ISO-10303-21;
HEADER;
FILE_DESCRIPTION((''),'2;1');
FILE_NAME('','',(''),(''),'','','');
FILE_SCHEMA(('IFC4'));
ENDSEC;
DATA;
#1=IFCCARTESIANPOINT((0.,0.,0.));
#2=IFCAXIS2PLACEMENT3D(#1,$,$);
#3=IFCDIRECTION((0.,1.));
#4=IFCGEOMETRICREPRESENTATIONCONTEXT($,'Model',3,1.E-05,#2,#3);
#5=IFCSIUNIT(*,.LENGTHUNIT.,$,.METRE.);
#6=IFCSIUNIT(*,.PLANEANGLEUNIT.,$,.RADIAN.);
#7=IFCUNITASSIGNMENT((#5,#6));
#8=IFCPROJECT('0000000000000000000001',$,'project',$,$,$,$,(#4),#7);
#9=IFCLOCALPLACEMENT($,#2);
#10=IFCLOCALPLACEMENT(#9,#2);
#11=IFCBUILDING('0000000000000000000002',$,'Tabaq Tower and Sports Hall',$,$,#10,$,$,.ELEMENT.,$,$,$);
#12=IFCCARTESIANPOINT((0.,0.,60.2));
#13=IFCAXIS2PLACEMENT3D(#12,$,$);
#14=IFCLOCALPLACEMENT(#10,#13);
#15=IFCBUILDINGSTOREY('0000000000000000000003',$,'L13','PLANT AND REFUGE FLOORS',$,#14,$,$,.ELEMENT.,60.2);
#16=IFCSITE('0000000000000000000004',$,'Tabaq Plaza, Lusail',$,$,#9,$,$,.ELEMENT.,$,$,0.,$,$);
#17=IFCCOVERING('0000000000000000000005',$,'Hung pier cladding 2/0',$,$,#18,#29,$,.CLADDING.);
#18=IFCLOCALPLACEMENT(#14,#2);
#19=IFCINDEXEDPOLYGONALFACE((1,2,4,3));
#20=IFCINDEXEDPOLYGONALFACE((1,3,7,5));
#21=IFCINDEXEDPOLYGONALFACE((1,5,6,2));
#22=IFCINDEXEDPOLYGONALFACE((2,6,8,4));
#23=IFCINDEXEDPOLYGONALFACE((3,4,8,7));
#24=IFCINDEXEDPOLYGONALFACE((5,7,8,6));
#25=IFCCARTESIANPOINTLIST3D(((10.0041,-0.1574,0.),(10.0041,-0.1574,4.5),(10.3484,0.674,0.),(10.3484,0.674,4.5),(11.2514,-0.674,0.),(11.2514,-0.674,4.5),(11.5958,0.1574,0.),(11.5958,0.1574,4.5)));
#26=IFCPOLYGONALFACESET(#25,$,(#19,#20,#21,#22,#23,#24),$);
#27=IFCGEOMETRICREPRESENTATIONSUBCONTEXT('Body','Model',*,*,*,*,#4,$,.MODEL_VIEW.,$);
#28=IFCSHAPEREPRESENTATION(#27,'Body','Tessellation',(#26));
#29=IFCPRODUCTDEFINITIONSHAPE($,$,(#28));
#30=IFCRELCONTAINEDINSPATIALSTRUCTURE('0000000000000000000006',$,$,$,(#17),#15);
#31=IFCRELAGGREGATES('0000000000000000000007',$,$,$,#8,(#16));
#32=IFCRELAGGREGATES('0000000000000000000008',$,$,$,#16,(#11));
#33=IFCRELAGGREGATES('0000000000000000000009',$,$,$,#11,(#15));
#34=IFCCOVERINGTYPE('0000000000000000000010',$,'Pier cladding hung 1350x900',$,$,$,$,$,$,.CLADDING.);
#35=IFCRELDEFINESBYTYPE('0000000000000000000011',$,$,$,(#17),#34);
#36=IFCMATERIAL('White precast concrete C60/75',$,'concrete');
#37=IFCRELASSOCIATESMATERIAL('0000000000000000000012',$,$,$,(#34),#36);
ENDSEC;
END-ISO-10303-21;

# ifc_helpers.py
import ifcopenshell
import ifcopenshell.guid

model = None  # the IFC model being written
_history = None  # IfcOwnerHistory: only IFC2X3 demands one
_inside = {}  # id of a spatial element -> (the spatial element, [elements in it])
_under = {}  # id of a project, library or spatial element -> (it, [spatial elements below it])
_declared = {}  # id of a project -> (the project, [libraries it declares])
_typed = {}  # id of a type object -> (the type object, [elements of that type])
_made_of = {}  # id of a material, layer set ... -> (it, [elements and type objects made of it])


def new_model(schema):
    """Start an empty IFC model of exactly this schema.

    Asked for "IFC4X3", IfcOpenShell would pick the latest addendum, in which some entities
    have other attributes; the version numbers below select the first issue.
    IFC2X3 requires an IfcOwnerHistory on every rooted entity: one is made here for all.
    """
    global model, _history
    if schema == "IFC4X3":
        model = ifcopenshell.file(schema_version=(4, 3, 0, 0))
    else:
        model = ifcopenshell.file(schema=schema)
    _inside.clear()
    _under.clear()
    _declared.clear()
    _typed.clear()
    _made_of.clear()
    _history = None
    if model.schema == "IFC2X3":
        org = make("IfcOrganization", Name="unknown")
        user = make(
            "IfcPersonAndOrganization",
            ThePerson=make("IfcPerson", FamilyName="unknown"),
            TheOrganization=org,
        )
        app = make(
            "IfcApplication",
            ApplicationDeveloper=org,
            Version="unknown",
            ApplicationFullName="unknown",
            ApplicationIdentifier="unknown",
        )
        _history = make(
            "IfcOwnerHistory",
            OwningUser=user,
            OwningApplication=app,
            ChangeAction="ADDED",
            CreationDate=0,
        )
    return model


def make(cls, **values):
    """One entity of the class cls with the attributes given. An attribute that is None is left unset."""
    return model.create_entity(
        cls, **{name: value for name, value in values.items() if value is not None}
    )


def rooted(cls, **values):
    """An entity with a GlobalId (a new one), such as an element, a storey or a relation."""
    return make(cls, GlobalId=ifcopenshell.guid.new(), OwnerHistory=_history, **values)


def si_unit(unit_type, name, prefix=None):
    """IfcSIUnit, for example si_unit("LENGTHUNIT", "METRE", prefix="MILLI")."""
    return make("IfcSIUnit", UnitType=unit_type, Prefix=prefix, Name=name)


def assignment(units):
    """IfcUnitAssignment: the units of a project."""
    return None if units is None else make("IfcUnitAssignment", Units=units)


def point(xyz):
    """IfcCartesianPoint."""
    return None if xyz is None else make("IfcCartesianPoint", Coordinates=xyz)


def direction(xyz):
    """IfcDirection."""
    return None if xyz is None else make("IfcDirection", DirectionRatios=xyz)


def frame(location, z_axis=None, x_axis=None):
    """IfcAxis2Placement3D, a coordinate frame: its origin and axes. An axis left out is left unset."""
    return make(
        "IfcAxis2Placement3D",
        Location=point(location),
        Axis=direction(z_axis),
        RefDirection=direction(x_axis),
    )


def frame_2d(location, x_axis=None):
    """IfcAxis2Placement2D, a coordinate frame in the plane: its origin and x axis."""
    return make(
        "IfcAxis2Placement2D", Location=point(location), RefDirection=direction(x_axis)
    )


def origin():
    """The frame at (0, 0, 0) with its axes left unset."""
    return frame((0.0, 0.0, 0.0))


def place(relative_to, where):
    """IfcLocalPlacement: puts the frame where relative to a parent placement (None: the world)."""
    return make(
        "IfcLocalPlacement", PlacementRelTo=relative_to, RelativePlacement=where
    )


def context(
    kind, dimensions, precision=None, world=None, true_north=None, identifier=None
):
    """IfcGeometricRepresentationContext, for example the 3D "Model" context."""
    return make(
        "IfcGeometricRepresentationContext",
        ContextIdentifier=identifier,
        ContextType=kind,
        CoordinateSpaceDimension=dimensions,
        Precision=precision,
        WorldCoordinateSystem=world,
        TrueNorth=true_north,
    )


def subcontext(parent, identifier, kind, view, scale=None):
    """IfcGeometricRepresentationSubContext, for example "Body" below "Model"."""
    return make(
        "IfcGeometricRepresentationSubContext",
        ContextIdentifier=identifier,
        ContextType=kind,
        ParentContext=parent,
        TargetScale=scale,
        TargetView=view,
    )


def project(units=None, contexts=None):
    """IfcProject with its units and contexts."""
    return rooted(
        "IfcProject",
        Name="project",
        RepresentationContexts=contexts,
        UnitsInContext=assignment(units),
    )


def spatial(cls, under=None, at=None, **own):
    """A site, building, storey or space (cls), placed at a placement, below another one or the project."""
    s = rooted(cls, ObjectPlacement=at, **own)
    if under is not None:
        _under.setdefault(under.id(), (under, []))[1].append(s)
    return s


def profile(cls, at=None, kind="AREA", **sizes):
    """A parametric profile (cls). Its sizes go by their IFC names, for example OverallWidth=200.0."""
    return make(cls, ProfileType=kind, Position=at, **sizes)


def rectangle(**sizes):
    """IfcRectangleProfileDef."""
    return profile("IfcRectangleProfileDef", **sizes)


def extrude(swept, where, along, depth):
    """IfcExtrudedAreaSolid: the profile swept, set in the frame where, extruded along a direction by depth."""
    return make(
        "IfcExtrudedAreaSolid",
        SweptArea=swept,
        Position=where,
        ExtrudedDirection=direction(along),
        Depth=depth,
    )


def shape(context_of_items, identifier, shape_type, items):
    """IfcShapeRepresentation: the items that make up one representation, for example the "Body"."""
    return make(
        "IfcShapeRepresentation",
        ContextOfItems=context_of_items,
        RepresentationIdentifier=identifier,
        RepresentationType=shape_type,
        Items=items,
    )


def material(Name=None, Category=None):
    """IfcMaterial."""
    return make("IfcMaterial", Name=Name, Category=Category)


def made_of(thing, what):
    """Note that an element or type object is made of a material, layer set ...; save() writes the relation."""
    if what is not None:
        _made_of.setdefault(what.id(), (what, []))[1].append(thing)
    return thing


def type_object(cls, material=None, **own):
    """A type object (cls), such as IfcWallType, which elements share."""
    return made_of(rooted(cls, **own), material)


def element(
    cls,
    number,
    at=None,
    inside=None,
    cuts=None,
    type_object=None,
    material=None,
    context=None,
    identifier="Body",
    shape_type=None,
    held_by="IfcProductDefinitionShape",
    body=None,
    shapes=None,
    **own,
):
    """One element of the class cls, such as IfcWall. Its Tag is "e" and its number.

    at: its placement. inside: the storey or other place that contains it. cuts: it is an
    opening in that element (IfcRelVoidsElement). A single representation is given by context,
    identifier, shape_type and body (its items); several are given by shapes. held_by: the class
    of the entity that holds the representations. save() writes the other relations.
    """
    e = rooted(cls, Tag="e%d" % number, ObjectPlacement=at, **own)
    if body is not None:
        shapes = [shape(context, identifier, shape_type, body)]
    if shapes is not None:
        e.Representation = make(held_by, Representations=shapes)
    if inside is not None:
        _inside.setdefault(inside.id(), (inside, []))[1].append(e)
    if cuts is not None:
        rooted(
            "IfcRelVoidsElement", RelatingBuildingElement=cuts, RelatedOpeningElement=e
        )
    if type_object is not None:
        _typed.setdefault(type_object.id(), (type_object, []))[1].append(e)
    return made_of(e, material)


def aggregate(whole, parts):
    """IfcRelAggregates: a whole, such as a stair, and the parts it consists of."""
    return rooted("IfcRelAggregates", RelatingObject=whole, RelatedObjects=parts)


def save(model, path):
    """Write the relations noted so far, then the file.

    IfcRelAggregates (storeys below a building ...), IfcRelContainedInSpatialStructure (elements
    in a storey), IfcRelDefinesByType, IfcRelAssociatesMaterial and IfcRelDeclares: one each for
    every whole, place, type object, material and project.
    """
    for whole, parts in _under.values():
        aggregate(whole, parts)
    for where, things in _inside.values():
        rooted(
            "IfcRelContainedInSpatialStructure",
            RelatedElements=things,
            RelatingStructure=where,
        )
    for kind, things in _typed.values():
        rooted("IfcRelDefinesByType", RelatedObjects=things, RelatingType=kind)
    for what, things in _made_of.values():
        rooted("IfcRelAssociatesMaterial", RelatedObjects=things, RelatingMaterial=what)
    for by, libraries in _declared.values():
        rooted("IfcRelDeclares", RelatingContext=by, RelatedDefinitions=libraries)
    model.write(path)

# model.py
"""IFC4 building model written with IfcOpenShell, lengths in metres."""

from ifc_helpers import new_model, si_unit, direction, frame, frame_2d, origin, place, context, subcontext, project, spatial, rectangle, extrude, material, type_object, element, save


model = new_model("IFC4")

# Units and contexts
model_context = context("Model", 3, precision=1e-05, world=origin(), true_north=direction((0.0, 1.0)))
body_context = subcontext(model_context, "Body", "Model", "MODEL_VIEW")
ifc_project = project(units=[si_unit("LENGTHUNIT", "METRE"), si_unit("PLANEANGLEUNIT", "RADIAN")], contexts=[model_context])

# Site, building, storey
site_placement = place(None, origin())
site = spatial("IfcSite", under=ifc_project, at=site_placement, Name="Tabaq Plaza, Lusail", CompositionType="ELEMENT", RefElevation=0.0)
building_placement = place(site_placement, origin())
building = spatial("IfcBuilding", under=site, at=building_placement, Name="Tabaq Tower and Sports Hall", CompositionType="ELEMENT")
storey_placement = place(building_placement, frame((0.0, 0.0, 60.2)))
storey = spatial("IfcBuildingStorey", under=building, at=storey_placement, Name="L13", Description="PLANT AND REFUGE FLOORS", CompositionType="ELEMENT", Elevation=60.2)

# Covering
ifc_material_1 = material(Name="White precast concrete C60/75", Category="concrete")
covering_type_1 = type_object("IfcCoveringType", Name="Pier cladding hung 1350x900", PredefinedType="CLADDING", material=ifc_material_1)
covering_1_placement = place(storey_placement, frame((10.1763, 0.2583, 0.0), z_axis=(0.0, 0.0, 1.0), x_axis=(0.923893, -0.38265, 0.0)))
element("IfcCovering", 1, at=covering_1_placement, inside=storey, type_object=covering_type_1, Name="Hung pier cladding 2/0", PredefinedType="CLADDING", context=body_context, shape_type="SweptSolid", body=[
    extrude(rectangle(XDim=1.3501, YDim=0.8999, at=frame_2d((0.675, 0.0))), origin(), (0.0, 0.0, 1.0), 4.5),
])

save(model, "model.ifc")
